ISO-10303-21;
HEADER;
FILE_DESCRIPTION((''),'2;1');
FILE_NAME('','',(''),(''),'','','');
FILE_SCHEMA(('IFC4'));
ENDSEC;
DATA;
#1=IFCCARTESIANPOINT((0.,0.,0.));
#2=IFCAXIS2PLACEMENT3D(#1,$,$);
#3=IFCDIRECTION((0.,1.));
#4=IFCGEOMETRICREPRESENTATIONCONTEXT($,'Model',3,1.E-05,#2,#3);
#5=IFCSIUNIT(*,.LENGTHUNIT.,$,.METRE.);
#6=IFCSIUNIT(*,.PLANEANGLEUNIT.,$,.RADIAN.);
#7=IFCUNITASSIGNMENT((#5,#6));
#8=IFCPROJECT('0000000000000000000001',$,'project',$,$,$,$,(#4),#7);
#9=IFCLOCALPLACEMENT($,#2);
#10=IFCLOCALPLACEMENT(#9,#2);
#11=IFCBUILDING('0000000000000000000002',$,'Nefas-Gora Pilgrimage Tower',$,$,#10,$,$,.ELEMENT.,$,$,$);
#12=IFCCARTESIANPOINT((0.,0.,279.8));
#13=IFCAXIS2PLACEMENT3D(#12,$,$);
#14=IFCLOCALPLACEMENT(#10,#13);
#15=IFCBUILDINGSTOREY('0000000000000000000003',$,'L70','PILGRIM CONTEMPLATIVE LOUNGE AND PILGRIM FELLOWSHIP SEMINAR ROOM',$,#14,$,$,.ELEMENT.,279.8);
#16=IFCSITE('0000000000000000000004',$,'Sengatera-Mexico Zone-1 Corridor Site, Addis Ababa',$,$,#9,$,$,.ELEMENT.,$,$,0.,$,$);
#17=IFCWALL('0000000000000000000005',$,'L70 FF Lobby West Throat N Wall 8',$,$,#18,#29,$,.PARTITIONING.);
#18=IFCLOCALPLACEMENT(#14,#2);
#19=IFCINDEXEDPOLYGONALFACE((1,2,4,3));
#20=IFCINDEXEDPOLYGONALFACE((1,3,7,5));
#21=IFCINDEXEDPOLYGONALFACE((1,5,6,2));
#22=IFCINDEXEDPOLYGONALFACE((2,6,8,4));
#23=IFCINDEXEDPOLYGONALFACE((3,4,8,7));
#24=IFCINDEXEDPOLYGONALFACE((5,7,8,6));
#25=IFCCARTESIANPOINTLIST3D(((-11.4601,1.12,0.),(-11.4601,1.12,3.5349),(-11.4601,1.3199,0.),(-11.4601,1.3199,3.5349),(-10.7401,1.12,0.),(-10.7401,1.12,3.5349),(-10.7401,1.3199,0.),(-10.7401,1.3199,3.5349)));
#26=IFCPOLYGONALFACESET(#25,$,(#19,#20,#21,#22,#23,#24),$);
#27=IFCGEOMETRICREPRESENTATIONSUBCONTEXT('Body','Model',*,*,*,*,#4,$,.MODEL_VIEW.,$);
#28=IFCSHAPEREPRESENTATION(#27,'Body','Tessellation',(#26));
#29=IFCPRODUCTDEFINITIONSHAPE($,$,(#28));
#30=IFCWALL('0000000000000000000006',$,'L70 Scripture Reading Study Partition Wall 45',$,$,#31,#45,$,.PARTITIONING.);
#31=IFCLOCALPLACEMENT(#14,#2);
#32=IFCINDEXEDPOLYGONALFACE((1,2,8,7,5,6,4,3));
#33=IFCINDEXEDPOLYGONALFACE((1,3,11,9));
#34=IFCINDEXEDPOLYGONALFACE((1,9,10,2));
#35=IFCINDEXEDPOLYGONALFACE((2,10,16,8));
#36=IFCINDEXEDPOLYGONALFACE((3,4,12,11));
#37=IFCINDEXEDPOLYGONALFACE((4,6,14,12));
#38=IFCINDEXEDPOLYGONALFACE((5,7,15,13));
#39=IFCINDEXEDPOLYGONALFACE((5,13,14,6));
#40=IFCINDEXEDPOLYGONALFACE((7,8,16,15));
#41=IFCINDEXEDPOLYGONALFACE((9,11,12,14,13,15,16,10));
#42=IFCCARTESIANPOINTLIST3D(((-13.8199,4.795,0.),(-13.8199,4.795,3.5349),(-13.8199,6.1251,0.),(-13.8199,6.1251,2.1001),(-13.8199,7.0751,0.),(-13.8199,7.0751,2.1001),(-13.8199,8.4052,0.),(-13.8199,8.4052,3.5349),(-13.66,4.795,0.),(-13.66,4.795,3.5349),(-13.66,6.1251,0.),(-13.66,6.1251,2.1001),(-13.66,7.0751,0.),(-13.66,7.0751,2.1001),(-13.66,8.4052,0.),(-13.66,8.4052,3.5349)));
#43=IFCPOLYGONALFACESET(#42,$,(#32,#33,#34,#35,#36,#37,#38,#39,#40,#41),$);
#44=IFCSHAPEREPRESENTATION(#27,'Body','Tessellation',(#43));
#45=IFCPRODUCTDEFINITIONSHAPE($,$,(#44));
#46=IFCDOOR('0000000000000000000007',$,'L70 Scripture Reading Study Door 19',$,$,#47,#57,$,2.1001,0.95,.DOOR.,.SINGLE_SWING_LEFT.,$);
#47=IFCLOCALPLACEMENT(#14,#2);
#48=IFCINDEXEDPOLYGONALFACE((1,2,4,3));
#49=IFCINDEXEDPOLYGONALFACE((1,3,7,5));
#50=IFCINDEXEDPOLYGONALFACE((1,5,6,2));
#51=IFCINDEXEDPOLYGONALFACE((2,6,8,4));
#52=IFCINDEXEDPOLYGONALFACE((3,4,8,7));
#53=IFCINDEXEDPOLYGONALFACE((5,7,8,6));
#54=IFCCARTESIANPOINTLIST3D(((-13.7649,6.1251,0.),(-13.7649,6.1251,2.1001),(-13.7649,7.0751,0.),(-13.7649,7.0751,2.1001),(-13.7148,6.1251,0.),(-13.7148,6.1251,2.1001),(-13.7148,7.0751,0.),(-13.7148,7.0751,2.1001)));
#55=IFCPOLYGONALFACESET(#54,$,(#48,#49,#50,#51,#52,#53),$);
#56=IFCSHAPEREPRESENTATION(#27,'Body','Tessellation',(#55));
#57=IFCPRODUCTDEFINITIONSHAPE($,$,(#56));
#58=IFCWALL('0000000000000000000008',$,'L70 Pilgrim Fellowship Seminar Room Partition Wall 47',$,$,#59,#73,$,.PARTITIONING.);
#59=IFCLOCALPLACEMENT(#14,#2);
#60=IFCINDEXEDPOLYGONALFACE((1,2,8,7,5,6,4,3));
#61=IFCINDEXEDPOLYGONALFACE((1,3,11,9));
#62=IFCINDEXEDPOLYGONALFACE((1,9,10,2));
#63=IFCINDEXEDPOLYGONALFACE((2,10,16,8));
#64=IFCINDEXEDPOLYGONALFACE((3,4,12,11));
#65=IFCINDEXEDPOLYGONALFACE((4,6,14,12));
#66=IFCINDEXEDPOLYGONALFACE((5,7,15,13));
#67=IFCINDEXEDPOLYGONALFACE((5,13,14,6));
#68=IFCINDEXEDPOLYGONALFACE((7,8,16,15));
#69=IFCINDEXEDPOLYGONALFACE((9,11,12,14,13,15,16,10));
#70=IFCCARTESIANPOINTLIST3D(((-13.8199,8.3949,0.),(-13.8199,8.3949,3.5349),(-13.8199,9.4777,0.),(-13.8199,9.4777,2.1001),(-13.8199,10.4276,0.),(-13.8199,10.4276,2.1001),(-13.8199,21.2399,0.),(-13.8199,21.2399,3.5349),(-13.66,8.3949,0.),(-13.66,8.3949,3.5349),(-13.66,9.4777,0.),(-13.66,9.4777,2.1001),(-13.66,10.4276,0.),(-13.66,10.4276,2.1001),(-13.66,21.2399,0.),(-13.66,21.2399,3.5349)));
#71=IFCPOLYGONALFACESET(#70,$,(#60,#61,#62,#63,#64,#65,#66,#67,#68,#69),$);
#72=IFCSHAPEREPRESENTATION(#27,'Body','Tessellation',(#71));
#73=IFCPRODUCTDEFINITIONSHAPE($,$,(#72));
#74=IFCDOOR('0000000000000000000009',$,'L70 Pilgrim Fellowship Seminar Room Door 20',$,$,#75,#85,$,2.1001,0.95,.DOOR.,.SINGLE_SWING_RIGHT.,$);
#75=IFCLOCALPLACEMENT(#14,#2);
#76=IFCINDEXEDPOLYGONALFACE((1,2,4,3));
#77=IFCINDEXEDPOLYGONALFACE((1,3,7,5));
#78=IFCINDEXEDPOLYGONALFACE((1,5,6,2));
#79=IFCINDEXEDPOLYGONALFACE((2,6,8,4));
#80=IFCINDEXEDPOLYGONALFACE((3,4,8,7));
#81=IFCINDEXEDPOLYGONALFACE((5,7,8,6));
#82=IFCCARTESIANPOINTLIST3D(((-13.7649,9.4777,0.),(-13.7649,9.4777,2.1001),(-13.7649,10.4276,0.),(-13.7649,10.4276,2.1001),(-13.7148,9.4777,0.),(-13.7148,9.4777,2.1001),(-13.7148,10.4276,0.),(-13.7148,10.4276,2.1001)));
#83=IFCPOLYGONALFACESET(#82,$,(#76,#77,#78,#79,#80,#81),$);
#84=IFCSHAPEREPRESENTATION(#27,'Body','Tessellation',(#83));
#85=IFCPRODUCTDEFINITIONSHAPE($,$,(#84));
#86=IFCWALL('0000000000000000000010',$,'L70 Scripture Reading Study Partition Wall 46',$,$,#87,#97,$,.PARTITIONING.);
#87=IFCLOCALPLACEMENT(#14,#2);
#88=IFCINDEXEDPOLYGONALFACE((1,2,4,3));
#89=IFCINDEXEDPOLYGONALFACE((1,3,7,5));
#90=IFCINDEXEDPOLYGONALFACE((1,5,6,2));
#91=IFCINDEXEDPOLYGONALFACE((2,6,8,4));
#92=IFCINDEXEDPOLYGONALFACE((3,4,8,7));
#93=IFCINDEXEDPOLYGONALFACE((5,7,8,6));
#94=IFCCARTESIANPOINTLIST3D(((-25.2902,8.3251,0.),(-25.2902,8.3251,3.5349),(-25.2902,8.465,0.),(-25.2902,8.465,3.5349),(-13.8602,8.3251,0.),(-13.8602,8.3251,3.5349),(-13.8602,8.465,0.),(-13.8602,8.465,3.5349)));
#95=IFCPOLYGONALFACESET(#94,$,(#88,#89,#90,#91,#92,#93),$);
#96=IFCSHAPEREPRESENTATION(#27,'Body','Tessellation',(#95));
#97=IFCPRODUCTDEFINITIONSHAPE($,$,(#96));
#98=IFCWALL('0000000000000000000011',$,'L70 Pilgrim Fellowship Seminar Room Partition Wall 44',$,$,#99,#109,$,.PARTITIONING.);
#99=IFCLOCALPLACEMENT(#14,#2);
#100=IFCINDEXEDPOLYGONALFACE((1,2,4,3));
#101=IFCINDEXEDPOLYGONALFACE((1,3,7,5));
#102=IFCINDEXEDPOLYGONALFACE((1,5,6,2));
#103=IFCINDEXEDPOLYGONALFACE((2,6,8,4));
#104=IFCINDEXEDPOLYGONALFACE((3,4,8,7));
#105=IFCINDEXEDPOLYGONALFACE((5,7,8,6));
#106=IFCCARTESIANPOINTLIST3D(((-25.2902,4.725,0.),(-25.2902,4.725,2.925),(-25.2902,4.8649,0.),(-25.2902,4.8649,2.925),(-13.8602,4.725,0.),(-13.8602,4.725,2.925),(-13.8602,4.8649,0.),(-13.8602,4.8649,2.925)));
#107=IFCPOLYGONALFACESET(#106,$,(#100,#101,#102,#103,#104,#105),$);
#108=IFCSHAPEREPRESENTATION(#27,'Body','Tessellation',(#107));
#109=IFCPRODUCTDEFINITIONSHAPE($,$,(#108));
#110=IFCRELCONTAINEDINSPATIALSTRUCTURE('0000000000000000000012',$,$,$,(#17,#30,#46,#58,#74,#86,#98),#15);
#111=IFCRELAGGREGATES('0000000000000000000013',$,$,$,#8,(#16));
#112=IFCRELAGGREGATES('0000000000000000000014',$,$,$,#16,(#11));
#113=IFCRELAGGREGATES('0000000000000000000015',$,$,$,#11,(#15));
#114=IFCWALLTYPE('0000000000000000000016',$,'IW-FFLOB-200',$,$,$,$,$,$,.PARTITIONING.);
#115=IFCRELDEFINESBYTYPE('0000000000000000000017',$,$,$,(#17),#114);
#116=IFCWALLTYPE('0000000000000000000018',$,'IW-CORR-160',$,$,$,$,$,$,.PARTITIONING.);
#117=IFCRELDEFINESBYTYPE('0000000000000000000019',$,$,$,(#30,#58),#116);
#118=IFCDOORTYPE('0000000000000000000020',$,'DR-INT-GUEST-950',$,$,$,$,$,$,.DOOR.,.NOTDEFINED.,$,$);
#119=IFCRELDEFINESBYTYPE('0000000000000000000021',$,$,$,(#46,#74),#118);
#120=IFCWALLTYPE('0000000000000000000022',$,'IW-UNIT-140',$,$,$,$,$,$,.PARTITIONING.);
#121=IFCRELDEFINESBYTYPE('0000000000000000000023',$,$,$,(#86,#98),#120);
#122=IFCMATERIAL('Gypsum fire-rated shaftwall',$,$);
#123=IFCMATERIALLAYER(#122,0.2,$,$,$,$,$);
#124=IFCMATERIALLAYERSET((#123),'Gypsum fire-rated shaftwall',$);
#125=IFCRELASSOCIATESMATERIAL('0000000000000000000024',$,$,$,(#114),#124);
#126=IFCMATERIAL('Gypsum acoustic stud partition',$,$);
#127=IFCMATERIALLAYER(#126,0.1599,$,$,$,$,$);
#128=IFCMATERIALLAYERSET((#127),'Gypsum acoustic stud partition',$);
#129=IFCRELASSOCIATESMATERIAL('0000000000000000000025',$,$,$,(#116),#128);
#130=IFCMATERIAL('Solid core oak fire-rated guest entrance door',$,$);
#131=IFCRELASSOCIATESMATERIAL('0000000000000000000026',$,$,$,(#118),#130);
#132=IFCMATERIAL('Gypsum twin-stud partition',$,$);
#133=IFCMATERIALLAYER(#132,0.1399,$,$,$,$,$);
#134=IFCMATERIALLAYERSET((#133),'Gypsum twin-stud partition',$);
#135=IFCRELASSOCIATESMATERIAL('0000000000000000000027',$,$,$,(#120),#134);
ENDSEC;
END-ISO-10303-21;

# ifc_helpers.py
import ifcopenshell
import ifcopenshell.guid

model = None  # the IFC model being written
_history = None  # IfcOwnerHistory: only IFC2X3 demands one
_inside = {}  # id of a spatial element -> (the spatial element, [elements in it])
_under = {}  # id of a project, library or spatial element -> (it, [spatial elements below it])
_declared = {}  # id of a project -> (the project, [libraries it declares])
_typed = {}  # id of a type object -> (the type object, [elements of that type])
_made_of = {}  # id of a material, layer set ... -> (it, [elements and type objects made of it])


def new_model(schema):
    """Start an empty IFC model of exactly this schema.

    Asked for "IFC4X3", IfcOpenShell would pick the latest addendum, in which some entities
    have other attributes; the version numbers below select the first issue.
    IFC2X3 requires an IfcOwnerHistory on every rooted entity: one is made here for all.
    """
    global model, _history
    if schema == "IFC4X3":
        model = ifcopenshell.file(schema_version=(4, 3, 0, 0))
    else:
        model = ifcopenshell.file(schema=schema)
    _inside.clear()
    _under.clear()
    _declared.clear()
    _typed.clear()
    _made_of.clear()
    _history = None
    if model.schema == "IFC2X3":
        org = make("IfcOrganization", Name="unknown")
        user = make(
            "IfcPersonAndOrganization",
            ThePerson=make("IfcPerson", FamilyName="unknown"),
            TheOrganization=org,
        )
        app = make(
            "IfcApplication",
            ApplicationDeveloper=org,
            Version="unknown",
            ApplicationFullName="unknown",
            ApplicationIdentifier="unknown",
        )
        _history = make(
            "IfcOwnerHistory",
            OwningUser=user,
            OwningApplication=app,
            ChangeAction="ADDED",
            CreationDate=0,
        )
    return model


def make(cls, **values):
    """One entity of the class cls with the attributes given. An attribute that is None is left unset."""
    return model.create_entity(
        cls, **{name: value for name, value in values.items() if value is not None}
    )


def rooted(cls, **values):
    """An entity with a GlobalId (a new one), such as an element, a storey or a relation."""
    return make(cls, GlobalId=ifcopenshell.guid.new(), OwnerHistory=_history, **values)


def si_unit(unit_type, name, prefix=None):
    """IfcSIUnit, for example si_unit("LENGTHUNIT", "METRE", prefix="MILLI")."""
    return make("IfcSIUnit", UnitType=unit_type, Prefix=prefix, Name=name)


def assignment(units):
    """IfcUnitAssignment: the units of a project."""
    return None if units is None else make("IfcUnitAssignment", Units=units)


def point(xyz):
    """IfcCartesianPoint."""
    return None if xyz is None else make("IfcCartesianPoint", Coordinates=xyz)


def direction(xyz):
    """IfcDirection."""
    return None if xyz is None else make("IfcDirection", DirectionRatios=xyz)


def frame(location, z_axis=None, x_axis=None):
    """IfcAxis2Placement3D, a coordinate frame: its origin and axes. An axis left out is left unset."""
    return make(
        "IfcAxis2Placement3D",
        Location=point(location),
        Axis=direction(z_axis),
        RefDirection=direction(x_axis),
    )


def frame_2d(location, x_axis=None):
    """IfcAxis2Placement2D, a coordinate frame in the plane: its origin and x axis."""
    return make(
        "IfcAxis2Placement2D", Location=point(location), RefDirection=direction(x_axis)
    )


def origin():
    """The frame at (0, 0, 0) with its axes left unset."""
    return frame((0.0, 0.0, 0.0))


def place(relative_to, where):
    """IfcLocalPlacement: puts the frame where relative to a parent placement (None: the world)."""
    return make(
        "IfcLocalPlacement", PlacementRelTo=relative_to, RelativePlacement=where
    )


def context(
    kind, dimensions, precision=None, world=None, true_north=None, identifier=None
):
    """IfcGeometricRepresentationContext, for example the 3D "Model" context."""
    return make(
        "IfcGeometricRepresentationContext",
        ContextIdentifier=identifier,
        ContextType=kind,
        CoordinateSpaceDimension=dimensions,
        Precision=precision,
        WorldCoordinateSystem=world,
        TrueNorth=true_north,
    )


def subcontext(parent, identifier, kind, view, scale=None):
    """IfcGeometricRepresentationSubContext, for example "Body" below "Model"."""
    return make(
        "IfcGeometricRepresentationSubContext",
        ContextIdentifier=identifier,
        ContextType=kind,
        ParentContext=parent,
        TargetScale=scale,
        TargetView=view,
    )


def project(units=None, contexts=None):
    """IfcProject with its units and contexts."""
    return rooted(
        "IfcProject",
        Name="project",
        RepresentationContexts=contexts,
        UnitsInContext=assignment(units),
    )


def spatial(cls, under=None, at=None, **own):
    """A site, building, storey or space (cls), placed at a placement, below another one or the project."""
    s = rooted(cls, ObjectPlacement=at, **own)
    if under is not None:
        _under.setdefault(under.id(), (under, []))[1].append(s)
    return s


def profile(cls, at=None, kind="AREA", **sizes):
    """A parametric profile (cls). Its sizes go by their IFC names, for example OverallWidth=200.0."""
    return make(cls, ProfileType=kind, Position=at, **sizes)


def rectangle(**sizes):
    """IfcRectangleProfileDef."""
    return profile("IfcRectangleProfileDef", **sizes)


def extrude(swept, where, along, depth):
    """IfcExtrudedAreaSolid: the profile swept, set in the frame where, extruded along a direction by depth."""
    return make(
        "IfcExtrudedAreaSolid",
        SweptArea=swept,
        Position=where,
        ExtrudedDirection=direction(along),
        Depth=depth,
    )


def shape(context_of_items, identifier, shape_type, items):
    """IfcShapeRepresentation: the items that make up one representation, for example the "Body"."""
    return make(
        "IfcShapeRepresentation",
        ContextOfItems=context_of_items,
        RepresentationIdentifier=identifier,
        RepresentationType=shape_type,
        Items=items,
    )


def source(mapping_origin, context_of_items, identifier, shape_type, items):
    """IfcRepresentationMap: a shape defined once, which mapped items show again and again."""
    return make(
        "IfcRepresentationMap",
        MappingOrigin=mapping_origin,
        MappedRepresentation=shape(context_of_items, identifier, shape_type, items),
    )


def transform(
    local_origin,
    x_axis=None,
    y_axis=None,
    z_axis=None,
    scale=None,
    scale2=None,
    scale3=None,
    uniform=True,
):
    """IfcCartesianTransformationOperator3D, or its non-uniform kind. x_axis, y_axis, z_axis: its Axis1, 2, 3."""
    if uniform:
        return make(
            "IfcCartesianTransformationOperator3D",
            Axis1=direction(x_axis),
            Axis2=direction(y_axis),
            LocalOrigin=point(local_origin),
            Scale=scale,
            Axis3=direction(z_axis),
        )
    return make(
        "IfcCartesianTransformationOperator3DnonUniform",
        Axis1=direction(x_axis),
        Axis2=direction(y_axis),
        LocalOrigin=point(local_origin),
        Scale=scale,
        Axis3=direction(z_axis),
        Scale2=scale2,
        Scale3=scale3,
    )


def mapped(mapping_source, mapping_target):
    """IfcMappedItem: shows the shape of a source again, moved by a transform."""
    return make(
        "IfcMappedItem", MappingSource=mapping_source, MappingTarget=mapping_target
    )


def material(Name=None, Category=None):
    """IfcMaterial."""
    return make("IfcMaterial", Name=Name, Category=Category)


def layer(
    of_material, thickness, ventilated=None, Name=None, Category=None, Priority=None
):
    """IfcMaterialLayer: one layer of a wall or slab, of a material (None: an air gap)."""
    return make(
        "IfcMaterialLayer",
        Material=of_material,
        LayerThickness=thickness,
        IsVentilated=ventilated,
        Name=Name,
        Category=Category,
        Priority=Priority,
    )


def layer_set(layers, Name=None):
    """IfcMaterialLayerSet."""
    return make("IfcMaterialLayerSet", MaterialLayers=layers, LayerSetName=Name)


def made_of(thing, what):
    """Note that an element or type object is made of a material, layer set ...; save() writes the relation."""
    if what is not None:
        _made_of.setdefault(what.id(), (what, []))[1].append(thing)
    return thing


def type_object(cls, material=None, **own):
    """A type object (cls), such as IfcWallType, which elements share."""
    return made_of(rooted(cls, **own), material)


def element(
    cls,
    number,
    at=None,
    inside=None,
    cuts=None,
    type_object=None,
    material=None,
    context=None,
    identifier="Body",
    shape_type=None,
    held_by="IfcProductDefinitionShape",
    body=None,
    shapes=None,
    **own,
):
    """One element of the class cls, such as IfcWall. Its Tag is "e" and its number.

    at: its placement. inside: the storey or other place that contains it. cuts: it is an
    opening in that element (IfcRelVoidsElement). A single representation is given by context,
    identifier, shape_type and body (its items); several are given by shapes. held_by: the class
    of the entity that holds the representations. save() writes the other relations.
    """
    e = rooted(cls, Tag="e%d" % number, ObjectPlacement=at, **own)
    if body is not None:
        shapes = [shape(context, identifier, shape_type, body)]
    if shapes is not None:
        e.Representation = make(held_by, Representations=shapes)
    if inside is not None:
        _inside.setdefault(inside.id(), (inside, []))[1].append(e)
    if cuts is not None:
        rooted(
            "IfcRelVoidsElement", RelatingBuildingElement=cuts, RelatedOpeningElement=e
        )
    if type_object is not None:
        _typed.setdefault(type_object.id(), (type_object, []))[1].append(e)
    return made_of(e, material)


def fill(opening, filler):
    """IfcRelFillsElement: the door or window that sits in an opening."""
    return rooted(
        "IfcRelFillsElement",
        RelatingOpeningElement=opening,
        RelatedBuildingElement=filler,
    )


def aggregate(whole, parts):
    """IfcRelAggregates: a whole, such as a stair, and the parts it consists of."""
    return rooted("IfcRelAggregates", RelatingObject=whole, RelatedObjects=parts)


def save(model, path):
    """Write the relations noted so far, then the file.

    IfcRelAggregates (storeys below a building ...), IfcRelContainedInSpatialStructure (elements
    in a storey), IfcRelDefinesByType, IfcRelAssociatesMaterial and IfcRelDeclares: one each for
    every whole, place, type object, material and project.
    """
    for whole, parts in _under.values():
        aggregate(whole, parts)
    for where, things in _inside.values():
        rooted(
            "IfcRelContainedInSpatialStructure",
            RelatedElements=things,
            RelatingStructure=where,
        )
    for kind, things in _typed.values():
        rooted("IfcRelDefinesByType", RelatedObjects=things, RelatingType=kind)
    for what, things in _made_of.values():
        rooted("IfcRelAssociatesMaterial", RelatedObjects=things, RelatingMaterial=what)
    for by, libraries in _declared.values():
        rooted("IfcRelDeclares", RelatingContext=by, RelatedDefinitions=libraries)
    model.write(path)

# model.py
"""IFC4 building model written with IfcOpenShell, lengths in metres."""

from ifc_helpers import new_model, si_unit, direction, frame, frame_2d, origin, place, context, subcontext, project, spatial, rectangle, extrude, source, transform, mapped, material, layer, layer_set, type_object, element, fill, save


model = new_model("IFC4")

# Units and contexts
model_context = context("Model", 3, precision=1e-05, world=origin(), true_north=direction((0.0, 1.0)))
body_context = subcontext(model_context, "Body", "Model", "MODEL_VIEW")
ifc_project = project(units=[si_unit("LENGTHUNIT", "METRE"), si_unit("PLANEANGLEUNIT", "RADIAN")], contexts=[model_context])

# Site, building, storey
site_placement = place(None, origin())
site = spatial("IfcSite", under=ifc_project, at=site_placement, Name="Sengatera-Mexico Zone-1 Corridor Site, Addis Ababa", CompositionType="ELEMENT", RefElevation=0.0)
building_placement = place(site_placement, origin())
building = spatial("IfcBuilding", under=site, at=building_placement, Name="Nefas-Gora Pilgrimage Tower", CompositionType="ELEMENT")
storey_placement = place(building_placement, frame((0.0, 0.0, 279.8)))
storey = spatial("IfcBuildingStorey", under=building, at=storey_placement, Name="L70", Description="PILGRIM CONTEMPLATIVE LOUNGE AND PILGRIM FELLOWSHIP SEMINAR ROOM", CompositionType="ELEMENT", Elevation=279.8)

# Wall
ifc_material_1 = material(Name="Gypsum fire-rated shaftwall")
ifc_layer_1 = layer(ifc_material_1, 0.2)
ifc_layer_set_1 = layer_set([ifc_layer_1], Name="Gypsum fire-rated shaftwall")
wall_type_1 = type_object("IfcWallType", Name="IW-FFLOB-200", PredefinedType="PARTITIONING", material=ifc_layer_set_1)
shared_shape_1 = source(origin(), body_context, "Body", "SweptSolid", [
    extrude(rectangle(XDim=0.72, YDim=0.2, at=frame_2d((0.3599, 0.0))), origin(), (0.0, 0.0, 1.0), 3.5349),
])
wall_1_placement = place(storey_placement, frame((-11.46, 1.22, 0.0), z_axis=(0.0, 0.0, 1.0), x_axis=(1.0, 0.0, 0.0)))
element("IfcWall", 1, at=wall_1_placement, inside=storey, type_object=wall_type_1, Name="L70 FF Lobby West Throat N Wall 8", PredefinedType="PARTITIONING", context=body_context, shape_type="MappedRepresentation", body=[
    mapped(shared_shape_1, transform((0.0, 0.0, 0.0), x_axis=(1.0, 0.0, 0.0), y_axis=(0.0, 1.0, 0.0), z_axis=(0.0, 0.0, 1.0), scale=1.0)),
])

# Walls, openings, doors
ifc_material_2 = material(Name="Gypsum acoustic stud partition")
ifc_layer_2 = layer(ifc_material_2, 0.1599)
ifc_layer_set_2 = layer_set([ifc_layer_2], Name="Gypsum acoustic stud partition")
wall_type_2 = type_object("IfcWallType", Name="IW-CORR-160", PredefinedType="PARTITIONING", material=ifc_layer_set_2)
shared_shape_2 = source(origin(), body_context, "Body", "SweptSolid", [
    extrude(rectangle(XDim=3.6101, YDim=0.1599, at=frame_2d((1.8052, 0.0))), origin(), (0.0, 0.0, 1.0), 3.5349),
])
wall_2_placement = place(storey_placement, frame((-13.74, 4.7949, 0.0), z_axis=(0.0, 0.0, 1.0), x_axis=(0.0, 1.0, 0.0)))
wall_2 = element("IfcWall", 2, at=wall_2_placement, inside=storey, type_object=wall_type_2, Name="L70 Scripture Reading Study Partition Wall 45", PredefinedType="PARTITIONING", context=body_context, shape_type="MappedRepresentation", body=[
    mapped(shared_shape_2, transform((0.0, 0.0, 0.0), x_axis=(1.0, 0.0, 0.0), y_axis=(0.0, 1.0, 0.0), z_axis=(0.0, 0.0, 1.0), scale=1.0)),
])
opening_1_placement = place(wall_2_placement, frame((1.3301, 0.0, 0.0)))
opening_1 = element("IfcOpeningElement", 3, at=opening_1_placement, cuts=wall_2, PredefinedType="OPENING", context=body_context, shape_type="SweptSolid", body=[
    extrude(rectangle(XDim=0.95, YDim=2.1001, at=frame_2d((0.4751, 1.05))), frame((0.0, 0.0898, 0.0), z_axis=(0.0, -1.0, 0.0), x_axis=(1.0, 0.0, 0.0)), (0.0, 0.0, 1.0), 0.1799),
])
ifc_material_3 = material(Name="Solid core oak fire-rated guest entrance door")
door_type = type_object("IfcDoorType", Name="DR-INT-GUEST-950", OperationType="NOTDEFINED", PredefinedType="DOOR", material=ifc_material_3)
shared_shape_3 = source(origin(), body_context, "Body", "SweptSolid", [
    extrude(rectangle(XDim=0.95, YDim=2.1001, at=frame_2d((0.4751, 1.05))), frame((0.0, 0.0249, 0.0), z_axis=(0.0, -1.0, 0.0), x_axis=(1.0, 0.0, 0.0)), (0.0, 0.0, 1.0), 0.05),
])
door_1_placement = place(opening_1_placement, origin())
door_1 = element("IfcDoor", 4, at=door_1_placement, inside=storey, type_object=door_type, Name="L70 Scripture Reading Study Door 19", OperationType="SINGLE_SWING_LEFT", OverallHeight=2.1001, OverallWidth=0.95, PredefinedType="DOOR", context=body_context, shape_type="MappedRepresentation", body=[
    mapped(shared_shape_3, transform((0.0, 0.0, 0.0), x_axis=(1.0, 0.0, 0.0), y_axis=(0.0, 1.0, 0.0), z_axis=(0.0, 0.0, 1.0), scale=1.0)),
])
fill(opening_1, door_1)
shared_shape_4 = source(origin(), body_context, "Body", "SweptSolid", [
    extrude(rectangle(XDim=12.845, YDim=0.1599, at=frame_2d((6.4224, 0.0))), origin(), (0.0, 0.0, 1.0), 3.5349),
])
wall_3_placement = place(storey_placement, frame((-13.74, 8.395, 0.0), z_axis=(0.0, 0.0, 1.0), x_axis=(0.0, 1.0, 0.0)))
wall_3 = element("IfcWall", 5, at=wall_3_placement, inside=storey, type_object=wall_type_2, Name="L70 Pilgrim Fellowship Seminar Room Partition Wall 47", PredefinedType="PARTITIONING", context=body_context, shape_type="MappedRepresentation", body=[
    mapped(shared_shape_4, transform((0.0, 0.0, 0.0), x_axis=(1.0, 0.0, 0.0), y_axis=(0.0, 1.0, 0.0), z_axis=(0.0, 0.0, 1.0), scale=1.0)),
])
opening_2_placement = place(wall_3_placement, frame((1.0825, 0.0, 0.0)))
opening_2 = element("IfcOpeningElement", 6, at=opening_2_placement, cuts=wall_3, PredefinedType="OPENING", context=body_context, shape_type="SweptSolid", body=[
    extrude(rectangle(XDim=0.95, YDim=2.1001, at=frame_2d((0.4751, 1.05))), frame((0.0, 0.0898, 0.0), z_axis=(0.0, -1.0, 0.0), x_axis=(1.0, 0.0, 0.0)), (0.0, 0.0, 1.0), 0.1799),
])
door_2_placement = place(opening_2_placement, origin())
door_2 = element("IfcDoor", 7, at=door_2_placement, inside=storey, type_object=door_type, Name="L70 Pilgrim Fellowship Seminar Room Door 20", OperationType="SINGLE_SWING_RIGHT", OverallHeight=2.1001, OverallWidth=0.95, PredefinedType="DOOR", context=body_context, shape_type="MappedRepresentation", body=[
    mapped(shared_shape_3, transform((0.0, 0.0, 0.0), x_axis=(1.0, 0.0, 0.0), y_axis=(0.0, 1.0, 0.0), z_axis=(0.0, 0.0, 1.0), scale=1.0)),
])
fill(opening_2, door_2)

# Walls
ifc_material_4 = material(Name="Gypsum twin-stud partition")
ifc_layer_3 = layer(ifc_material_4, 0.1399)
ifc_layer_set_3 = layer_set([ifc_layer_3], Name="Gypsum twin-stud partition")
wall_type_3 = type_object("IfcWallType", Name="IW-UNIT-140", PredefinedType="PARTITIONING", material=ifc_layer_set_3)
shared_shape_5 = source(origin(), body_context, "Body", "SweptSolid", [
    extrude(rectangle(XDim=11.4299, YDim=0.1399, at=frame_2d((5.7148, 0.0))), origin(), (0.0, 0.0, 1.0), 3.5349),
])
wall_4_placement = place(storey_placement, frame((-25.29, 8.395, 0.0), z_axis=(0.0, 0.0, 1.0), x_axis=(1.0, 0.0, 0.0)))
element("IfcWall", 8, at=wall_4_placement, inside=storey, type_object=wall_type_3, Name="L70 Scripture Reading Study Partition Wall 46", PredefinedType="PARTITIONING", context=body_context, shape_type="MappedRepresentation", body=[
    mapped(shared_shape_5, transform((0.0, 0.0, 0.0), x_axis=(1.0, 0.0, 0.0), y_axis=(0.0, 1.0, 0.0), z_axis=(0.0, 0.0, 1.0), scale=1.0)),
])
shared_shape_6 = source(origin(), body_context, "Body", "SweptSolid", [
    extrude(rectangle(XDim=11.4299, YDim=0.1399, at=frame_2d((5.7148, 0.0))), origin(), (0.0, 0.0, 1.0), 2.925),
])
wall_5_placement = place(storey_placement, frame((-25.29, 4.7949, 0.0), z_axis=(0.0, 0.0, 1.0), x_axis=(1.0, 0.0, 0.0)))
element("IfcWall", 9, at=wall_5_placement, inside=storey, type_object=wall_type_3, Name="L70 Pilgrim Fellowship Seminar Room Partition Wall 44", PredefinedType="PARTITIONING", context=body_context, shape_type="MappedRepresentation", body=[
    mapped(shared_shape_6, transform((0.0, 0.0, 0.0), x_axis=(1.0, 0.0, 0.0), y_axis=(0.0, 1.0, 0.0), z_axis=(0.0, 0.0, 1.0), scale=1.0)),
])

save(model, "model.ifc")
